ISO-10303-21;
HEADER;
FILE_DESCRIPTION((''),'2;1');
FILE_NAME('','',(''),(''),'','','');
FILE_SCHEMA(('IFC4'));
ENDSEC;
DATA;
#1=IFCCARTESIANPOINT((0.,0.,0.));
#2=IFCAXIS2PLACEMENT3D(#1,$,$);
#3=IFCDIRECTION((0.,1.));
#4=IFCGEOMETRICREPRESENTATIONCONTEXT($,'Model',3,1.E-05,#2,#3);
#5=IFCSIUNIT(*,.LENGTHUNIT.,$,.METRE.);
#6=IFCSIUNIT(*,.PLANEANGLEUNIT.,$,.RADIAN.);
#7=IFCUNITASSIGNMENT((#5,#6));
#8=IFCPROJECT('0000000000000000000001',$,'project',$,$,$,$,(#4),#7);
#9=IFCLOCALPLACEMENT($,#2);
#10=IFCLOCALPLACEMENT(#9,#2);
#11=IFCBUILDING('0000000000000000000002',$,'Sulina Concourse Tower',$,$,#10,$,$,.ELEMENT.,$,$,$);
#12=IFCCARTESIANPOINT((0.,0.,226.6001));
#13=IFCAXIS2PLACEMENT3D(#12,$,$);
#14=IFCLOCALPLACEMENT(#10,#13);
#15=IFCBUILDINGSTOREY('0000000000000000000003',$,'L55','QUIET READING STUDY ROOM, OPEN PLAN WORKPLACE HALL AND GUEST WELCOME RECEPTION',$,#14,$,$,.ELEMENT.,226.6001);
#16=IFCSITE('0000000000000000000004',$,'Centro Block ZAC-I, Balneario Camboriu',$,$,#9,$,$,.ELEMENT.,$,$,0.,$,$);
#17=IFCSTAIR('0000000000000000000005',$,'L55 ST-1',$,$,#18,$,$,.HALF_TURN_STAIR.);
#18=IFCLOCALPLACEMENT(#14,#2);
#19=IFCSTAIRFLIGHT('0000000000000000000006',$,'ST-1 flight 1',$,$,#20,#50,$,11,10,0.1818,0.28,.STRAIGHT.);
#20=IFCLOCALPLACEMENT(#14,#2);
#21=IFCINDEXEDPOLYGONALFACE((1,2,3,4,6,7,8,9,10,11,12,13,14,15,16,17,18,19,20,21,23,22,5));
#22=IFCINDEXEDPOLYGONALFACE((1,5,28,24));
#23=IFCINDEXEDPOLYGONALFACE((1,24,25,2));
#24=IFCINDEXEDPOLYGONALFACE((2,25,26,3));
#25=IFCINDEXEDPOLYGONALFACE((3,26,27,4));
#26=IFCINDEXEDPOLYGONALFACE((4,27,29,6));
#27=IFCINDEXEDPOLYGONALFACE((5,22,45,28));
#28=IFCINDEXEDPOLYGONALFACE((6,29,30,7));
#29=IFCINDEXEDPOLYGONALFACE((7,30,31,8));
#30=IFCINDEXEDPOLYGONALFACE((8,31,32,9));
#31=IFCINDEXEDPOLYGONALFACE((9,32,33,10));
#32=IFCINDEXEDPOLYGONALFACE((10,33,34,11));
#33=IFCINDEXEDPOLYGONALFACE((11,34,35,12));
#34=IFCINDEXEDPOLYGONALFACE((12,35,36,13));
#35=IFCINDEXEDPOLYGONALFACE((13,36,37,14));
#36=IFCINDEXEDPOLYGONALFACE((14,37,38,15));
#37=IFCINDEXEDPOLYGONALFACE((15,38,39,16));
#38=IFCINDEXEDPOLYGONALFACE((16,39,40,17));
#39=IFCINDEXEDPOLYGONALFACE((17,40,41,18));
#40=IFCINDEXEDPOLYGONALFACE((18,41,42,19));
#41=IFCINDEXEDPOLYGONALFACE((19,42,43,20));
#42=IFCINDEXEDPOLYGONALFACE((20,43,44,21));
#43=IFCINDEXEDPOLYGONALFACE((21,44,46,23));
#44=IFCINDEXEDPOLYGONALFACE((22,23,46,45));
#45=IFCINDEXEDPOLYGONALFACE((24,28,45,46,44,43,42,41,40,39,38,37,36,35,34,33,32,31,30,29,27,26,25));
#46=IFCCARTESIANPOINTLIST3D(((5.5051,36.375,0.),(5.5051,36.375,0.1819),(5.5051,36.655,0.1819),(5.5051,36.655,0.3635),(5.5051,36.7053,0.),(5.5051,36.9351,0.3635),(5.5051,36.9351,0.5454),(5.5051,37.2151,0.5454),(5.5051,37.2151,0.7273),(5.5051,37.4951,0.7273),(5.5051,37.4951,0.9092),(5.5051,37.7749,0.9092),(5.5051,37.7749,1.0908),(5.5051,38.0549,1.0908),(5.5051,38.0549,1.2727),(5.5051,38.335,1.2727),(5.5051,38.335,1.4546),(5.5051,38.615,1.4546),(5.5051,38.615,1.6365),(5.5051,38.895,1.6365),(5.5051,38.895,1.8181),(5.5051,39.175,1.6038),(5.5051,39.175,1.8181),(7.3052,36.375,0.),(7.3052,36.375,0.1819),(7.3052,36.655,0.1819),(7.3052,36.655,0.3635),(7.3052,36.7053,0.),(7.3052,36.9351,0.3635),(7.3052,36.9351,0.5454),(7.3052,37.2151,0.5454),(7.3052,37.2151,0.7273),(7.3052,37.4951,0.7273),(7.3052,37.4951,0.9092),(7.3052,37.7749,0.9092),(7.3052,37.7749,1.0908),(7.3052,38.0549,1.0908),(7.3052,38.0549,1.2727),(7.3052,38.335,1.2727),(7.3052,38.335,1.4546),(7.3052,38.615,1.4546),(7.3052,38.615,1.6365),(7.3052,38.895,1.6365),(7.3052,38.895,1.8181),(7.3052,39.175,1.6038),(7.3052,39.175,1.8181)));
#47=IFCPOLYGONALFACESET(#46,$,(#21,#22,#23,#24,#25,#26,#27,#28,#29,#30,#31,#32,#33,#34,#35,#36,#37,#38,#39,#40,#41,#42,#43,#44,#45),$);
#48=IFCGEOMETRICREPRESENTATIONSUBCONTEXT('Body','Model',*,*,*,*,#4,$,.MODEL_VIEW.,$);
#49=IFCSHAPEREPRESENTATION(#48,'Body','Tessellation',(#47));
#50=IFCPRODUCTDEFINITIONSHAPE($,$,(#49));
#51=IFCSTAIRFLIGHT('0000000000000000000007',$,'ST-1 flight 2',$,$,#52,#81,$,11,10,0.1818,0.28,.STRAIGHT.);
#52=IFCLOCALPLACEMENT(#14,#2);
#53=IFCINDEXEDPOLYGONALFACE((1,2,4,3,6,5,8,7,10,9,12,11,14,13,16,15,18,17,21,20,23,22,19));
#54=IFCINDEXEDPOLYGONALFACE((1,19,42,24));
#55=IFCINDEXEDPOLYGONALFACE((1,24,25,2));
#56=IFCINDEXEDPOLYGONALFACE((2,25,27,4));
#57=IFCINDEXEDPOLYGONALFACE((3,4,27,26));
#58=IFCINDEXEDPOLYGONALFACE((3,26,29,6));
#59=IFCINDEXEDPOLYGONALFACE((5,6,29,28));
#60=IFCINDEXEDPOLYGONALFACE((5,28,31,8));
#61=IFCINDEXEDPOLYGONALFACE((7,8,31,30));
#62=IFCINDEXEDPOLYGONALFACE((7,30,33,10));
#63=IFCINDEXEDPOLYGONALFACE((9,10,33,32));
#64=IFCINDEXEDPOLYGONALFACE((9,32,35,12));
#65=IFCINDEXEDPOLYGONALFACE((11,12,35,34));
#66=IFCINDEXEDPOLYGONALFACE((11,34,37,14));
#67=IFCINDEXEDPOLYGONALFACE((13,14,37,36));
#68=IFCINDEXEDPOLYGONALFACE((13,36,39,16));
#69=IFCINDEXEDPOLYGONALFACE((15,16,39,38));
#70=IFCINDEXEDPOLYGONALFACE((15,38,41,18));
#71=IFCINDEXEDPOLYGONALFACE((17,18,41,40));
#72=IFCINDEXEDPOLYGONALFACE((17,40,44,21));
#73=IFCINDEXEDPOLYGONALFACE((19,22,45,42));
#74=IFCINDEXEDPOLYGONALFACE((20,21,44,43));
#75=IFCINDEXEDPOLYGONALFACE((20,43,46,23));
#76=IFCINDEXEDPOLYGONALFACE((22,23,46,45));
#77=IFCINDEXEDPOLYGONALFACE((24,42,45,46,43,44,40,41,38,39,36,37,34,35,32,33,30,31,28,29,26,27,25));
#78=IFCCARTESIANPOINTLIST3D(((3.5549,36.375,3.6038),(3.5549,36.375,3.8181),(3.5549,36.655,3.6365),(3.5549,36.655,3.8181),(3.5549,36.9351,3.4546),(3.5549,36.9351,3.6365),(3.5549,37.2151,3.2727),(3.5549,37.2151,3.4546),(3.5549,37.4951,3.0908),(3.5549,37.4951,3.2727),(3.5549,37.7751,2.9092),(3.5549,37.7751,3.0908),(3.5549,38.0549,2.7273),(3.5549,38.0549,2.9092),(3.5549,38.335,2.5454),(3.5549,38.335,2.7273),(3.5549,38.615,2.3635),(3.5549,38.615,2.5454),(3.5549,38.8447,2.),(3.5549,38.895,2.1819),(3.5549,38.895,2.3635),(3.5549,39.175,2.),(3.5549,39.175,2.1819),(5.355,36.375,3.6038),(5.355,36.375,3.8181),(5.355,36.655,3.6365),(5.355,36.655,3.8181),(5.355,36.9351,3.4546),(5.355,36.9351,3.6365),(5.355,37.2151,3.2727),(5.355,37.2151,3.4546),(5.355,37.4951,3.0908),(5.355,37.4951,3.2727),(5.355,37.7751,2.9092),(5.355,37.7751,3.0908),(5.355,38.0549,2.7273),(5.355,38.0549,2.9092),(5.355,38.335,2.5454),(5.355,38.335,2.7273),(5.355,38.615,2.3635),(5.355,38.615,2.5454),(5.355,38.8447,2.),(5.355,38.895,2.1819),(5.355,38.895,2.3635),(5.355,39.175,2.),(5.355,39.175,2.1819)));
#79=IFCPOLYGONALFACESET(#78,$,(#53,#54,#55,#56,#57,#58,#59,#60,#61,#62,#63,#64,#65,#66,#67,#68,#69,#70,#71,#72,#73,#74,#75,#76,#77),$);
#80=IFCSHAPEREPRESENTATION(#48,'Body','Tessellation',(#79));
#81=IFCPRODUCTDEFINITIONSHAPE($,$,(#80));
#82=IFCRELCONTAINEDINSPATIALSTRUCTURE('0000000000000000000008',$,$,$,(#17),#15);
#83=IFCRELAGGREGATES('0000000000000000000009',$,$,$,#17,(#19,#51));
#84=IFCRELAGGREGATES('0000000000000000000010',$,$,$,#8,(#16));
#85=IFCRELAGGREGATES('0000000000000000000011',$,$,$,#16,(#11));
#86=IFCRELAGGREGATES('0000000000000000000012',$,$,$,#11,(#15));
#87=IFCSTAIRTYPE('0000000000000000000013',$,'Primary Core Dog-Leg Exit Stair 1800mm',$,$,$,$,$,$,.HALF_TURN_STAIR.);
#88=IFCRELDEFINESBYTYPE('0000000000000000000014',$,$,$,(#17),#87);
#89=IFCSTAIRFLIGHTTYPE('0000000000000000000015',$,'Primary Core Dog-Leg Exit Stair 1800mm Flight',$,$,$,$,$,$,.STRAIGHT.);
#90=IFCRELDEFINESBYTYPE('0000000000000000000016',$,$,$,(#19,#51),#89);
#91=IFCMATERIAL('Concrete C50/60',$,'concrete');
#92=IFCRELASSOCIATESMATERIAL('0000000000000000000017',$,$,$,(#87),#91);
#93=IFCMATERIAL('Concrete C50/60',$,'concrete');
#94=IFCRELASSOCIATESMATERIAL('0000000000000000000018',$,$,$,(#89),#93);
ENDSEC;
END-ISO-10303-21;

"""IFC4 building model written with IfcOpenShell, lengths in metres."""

from ifc_helpers import new_model, si_unit, direction, frame, origin, place, context, subcontext, project, spatial, polyline, outline, extrude, material, type_object, element, aggregate, save


model = new_model("IFC4")

# Units and contexts
model_context = context("Model", 3, precision=1e-05, world=origin(), true_north=direction((0.0, 1.0)))
body_context = subcontext(model_context, "Body", "Model", "MODEL_VIEW")
ifc_project = project(units=[si_unit("LENGTHUNIT", "METRE"), si_unit("PLANEANGLEUNIT", "RADIAN")], contexts=[model_context])

# Site, building, storey
site_placement = place(None, origin())
site = spatial("IfcSite", under=ifc_project, at=site_placement, Name="Centro Block ZAC-I, Balneario Camboriu", CompositionType="ELEMENT", RefElevation=0.0)
building_placement = place(site_placement, origin())
building = spatial("IfcBuilding", under=site, at=building_placement, Name="Sulina Concourse Tower", CompositionType="ELEMENT")
storey_placement = place(building_placement, frame((0.0, 0.0, 226.6001)))
storey = spatial("IfcBuildingStorey", under=building, at=storey_placement, Name="L55", Description="QUIET READING STUDY ROOM, OPEN PLAN WORKPLACE HALL AND GUEST WELCOME RECEPTION", CompositionType="ELEMENT", Elevation=226.6001)

# Stair, stair flights
ifc_material_1 = material(Name="Concrete C50/60", Category="concrete")
stair_type = type_object("IfcStairType", Name="Primary Core Dog-Leg Exit Stair 1800mm", PredefinedType="HALF_TURN_STAIR", material=ifc_material_1)
stair_placement = place(storey_placement, origin())
stair = element("IfcStair", 1, at=stair_placement, inside=storey, type_object=stair_type, Name="L55 ST-1", PredefinedType="HALF_TURN_STAIR")
ifc_material_2 = material(Name="Concrete C50/60", Category="concrete")
stair_flight_type = type_object("IfcStairFlightType", Name="Primary Core Dog-Leg Exit Stair 1800mm Flight", PredefinedType="STRAIGHT", material=ifc_material_2)
stair_flight_1_placement = place(storey_placement, frame((6.405, 36.375, 0.0), z_axis=(0.0, 0.0, 1.0), x_axis=(0.0, 1.0, 0.0)))
stair_flight_1 = element("IfcStairFlight", 2, at=stair_flight_1_placement, type_object=stair_flight_type, Name="ST-1 flight 1", NumberOfRisers=11, NumberOfTreads=10, PredefinedType="STRAIGHT", RiserHeight=0.1818, TreadLength=0.28, context=body_context, shape_type="SweptSolid", body=[
    extrude(outline(polyline([(0.0, 0.0), (0.0, 0.1819), (0.28, 0.1819), (0.28, 0.3635), (0.5601, 0.3635), (0.5601, 0.5454), (0.8401, 0.5454), (0.8401, 0.7273), (1.1201, 0.7273), (1.1201, 0.9092), (1.3999, 0.9092), (1.3999, 1.0908), (1.6799, 1.0908), (1.6799, 1.2727), (1.96, 1.2727), (1.96, 1.4546), (2.24, 1.4546), (2.24, 1.6365), (2.52, 1.6365), (2.52, 1.8181), (2.8, 1.8181), (2.8, 2.0), (2.8, 1.6038), (0.3303, 0.0), (0.0, 0.0)])), frame((0.0, 0.8999, 0.0), z_axis=(0.0, -1.0, 0.0), x_axis=(1.0, 0.0, 0.0)), (0.0, 0.0, 1.0), 1.8),
])
stair_flight_2_placement = place(storey_placement, frame((4.4551, 39.175, 2.0), z_axis=(0.0, 0.0, 1.0), x_axis=(0.0, -1.0, 0.0)))
stair_flight_2 = element("IfcStairFlight", 3, at=stair_flight_2_placement, type_object=stair_flight_type, Name="ST-1 flight 2", NumberOfRisers=11, NumberOfTreads=10, PredefinedType="STRAIGHT", RiserHeight=0.1818, TreadLength=0.28, context=body_context, shape_type="SweptSolid", body=[
    extrude(outline(polyline([(0.0, 0.0), (0.0, 0.1819), (0.28, 0.1819), (0.28, 0.3635), (0.5601, 0.3635), (0.5601, 0.5454), (0.8401, 0.5454), (0.8401, 0.7273), (1.1201, 0.7273), (1.1201, 0.9092), (1.3999, 0.9092), (1.3999, 1.0908), (1.6799, 1.0908), (1.6799, 1.2727), (1.96, 1.2727), (1.96, 1.4546), (2.24, 1.4546), (2.24, 1.6365), (2.52, 1.6365), (2.52, 1.8181), (2.8, 1.8181), (2.8, 2.0), (2.8, 1.6038), (0.3303, 0.0), (0.0, 0.0)])), frame((0.0, 0.8999, 0.0), z_axis=(0.0, -1.0, 0.0), x_axis=(1.0, 0.0, 0.0)), (0.0, 0.0, 1.0), 1.8),
])
aggregate(stair, [stair_flight_1, stair_flight_2])

save(model, "model.ifc")
